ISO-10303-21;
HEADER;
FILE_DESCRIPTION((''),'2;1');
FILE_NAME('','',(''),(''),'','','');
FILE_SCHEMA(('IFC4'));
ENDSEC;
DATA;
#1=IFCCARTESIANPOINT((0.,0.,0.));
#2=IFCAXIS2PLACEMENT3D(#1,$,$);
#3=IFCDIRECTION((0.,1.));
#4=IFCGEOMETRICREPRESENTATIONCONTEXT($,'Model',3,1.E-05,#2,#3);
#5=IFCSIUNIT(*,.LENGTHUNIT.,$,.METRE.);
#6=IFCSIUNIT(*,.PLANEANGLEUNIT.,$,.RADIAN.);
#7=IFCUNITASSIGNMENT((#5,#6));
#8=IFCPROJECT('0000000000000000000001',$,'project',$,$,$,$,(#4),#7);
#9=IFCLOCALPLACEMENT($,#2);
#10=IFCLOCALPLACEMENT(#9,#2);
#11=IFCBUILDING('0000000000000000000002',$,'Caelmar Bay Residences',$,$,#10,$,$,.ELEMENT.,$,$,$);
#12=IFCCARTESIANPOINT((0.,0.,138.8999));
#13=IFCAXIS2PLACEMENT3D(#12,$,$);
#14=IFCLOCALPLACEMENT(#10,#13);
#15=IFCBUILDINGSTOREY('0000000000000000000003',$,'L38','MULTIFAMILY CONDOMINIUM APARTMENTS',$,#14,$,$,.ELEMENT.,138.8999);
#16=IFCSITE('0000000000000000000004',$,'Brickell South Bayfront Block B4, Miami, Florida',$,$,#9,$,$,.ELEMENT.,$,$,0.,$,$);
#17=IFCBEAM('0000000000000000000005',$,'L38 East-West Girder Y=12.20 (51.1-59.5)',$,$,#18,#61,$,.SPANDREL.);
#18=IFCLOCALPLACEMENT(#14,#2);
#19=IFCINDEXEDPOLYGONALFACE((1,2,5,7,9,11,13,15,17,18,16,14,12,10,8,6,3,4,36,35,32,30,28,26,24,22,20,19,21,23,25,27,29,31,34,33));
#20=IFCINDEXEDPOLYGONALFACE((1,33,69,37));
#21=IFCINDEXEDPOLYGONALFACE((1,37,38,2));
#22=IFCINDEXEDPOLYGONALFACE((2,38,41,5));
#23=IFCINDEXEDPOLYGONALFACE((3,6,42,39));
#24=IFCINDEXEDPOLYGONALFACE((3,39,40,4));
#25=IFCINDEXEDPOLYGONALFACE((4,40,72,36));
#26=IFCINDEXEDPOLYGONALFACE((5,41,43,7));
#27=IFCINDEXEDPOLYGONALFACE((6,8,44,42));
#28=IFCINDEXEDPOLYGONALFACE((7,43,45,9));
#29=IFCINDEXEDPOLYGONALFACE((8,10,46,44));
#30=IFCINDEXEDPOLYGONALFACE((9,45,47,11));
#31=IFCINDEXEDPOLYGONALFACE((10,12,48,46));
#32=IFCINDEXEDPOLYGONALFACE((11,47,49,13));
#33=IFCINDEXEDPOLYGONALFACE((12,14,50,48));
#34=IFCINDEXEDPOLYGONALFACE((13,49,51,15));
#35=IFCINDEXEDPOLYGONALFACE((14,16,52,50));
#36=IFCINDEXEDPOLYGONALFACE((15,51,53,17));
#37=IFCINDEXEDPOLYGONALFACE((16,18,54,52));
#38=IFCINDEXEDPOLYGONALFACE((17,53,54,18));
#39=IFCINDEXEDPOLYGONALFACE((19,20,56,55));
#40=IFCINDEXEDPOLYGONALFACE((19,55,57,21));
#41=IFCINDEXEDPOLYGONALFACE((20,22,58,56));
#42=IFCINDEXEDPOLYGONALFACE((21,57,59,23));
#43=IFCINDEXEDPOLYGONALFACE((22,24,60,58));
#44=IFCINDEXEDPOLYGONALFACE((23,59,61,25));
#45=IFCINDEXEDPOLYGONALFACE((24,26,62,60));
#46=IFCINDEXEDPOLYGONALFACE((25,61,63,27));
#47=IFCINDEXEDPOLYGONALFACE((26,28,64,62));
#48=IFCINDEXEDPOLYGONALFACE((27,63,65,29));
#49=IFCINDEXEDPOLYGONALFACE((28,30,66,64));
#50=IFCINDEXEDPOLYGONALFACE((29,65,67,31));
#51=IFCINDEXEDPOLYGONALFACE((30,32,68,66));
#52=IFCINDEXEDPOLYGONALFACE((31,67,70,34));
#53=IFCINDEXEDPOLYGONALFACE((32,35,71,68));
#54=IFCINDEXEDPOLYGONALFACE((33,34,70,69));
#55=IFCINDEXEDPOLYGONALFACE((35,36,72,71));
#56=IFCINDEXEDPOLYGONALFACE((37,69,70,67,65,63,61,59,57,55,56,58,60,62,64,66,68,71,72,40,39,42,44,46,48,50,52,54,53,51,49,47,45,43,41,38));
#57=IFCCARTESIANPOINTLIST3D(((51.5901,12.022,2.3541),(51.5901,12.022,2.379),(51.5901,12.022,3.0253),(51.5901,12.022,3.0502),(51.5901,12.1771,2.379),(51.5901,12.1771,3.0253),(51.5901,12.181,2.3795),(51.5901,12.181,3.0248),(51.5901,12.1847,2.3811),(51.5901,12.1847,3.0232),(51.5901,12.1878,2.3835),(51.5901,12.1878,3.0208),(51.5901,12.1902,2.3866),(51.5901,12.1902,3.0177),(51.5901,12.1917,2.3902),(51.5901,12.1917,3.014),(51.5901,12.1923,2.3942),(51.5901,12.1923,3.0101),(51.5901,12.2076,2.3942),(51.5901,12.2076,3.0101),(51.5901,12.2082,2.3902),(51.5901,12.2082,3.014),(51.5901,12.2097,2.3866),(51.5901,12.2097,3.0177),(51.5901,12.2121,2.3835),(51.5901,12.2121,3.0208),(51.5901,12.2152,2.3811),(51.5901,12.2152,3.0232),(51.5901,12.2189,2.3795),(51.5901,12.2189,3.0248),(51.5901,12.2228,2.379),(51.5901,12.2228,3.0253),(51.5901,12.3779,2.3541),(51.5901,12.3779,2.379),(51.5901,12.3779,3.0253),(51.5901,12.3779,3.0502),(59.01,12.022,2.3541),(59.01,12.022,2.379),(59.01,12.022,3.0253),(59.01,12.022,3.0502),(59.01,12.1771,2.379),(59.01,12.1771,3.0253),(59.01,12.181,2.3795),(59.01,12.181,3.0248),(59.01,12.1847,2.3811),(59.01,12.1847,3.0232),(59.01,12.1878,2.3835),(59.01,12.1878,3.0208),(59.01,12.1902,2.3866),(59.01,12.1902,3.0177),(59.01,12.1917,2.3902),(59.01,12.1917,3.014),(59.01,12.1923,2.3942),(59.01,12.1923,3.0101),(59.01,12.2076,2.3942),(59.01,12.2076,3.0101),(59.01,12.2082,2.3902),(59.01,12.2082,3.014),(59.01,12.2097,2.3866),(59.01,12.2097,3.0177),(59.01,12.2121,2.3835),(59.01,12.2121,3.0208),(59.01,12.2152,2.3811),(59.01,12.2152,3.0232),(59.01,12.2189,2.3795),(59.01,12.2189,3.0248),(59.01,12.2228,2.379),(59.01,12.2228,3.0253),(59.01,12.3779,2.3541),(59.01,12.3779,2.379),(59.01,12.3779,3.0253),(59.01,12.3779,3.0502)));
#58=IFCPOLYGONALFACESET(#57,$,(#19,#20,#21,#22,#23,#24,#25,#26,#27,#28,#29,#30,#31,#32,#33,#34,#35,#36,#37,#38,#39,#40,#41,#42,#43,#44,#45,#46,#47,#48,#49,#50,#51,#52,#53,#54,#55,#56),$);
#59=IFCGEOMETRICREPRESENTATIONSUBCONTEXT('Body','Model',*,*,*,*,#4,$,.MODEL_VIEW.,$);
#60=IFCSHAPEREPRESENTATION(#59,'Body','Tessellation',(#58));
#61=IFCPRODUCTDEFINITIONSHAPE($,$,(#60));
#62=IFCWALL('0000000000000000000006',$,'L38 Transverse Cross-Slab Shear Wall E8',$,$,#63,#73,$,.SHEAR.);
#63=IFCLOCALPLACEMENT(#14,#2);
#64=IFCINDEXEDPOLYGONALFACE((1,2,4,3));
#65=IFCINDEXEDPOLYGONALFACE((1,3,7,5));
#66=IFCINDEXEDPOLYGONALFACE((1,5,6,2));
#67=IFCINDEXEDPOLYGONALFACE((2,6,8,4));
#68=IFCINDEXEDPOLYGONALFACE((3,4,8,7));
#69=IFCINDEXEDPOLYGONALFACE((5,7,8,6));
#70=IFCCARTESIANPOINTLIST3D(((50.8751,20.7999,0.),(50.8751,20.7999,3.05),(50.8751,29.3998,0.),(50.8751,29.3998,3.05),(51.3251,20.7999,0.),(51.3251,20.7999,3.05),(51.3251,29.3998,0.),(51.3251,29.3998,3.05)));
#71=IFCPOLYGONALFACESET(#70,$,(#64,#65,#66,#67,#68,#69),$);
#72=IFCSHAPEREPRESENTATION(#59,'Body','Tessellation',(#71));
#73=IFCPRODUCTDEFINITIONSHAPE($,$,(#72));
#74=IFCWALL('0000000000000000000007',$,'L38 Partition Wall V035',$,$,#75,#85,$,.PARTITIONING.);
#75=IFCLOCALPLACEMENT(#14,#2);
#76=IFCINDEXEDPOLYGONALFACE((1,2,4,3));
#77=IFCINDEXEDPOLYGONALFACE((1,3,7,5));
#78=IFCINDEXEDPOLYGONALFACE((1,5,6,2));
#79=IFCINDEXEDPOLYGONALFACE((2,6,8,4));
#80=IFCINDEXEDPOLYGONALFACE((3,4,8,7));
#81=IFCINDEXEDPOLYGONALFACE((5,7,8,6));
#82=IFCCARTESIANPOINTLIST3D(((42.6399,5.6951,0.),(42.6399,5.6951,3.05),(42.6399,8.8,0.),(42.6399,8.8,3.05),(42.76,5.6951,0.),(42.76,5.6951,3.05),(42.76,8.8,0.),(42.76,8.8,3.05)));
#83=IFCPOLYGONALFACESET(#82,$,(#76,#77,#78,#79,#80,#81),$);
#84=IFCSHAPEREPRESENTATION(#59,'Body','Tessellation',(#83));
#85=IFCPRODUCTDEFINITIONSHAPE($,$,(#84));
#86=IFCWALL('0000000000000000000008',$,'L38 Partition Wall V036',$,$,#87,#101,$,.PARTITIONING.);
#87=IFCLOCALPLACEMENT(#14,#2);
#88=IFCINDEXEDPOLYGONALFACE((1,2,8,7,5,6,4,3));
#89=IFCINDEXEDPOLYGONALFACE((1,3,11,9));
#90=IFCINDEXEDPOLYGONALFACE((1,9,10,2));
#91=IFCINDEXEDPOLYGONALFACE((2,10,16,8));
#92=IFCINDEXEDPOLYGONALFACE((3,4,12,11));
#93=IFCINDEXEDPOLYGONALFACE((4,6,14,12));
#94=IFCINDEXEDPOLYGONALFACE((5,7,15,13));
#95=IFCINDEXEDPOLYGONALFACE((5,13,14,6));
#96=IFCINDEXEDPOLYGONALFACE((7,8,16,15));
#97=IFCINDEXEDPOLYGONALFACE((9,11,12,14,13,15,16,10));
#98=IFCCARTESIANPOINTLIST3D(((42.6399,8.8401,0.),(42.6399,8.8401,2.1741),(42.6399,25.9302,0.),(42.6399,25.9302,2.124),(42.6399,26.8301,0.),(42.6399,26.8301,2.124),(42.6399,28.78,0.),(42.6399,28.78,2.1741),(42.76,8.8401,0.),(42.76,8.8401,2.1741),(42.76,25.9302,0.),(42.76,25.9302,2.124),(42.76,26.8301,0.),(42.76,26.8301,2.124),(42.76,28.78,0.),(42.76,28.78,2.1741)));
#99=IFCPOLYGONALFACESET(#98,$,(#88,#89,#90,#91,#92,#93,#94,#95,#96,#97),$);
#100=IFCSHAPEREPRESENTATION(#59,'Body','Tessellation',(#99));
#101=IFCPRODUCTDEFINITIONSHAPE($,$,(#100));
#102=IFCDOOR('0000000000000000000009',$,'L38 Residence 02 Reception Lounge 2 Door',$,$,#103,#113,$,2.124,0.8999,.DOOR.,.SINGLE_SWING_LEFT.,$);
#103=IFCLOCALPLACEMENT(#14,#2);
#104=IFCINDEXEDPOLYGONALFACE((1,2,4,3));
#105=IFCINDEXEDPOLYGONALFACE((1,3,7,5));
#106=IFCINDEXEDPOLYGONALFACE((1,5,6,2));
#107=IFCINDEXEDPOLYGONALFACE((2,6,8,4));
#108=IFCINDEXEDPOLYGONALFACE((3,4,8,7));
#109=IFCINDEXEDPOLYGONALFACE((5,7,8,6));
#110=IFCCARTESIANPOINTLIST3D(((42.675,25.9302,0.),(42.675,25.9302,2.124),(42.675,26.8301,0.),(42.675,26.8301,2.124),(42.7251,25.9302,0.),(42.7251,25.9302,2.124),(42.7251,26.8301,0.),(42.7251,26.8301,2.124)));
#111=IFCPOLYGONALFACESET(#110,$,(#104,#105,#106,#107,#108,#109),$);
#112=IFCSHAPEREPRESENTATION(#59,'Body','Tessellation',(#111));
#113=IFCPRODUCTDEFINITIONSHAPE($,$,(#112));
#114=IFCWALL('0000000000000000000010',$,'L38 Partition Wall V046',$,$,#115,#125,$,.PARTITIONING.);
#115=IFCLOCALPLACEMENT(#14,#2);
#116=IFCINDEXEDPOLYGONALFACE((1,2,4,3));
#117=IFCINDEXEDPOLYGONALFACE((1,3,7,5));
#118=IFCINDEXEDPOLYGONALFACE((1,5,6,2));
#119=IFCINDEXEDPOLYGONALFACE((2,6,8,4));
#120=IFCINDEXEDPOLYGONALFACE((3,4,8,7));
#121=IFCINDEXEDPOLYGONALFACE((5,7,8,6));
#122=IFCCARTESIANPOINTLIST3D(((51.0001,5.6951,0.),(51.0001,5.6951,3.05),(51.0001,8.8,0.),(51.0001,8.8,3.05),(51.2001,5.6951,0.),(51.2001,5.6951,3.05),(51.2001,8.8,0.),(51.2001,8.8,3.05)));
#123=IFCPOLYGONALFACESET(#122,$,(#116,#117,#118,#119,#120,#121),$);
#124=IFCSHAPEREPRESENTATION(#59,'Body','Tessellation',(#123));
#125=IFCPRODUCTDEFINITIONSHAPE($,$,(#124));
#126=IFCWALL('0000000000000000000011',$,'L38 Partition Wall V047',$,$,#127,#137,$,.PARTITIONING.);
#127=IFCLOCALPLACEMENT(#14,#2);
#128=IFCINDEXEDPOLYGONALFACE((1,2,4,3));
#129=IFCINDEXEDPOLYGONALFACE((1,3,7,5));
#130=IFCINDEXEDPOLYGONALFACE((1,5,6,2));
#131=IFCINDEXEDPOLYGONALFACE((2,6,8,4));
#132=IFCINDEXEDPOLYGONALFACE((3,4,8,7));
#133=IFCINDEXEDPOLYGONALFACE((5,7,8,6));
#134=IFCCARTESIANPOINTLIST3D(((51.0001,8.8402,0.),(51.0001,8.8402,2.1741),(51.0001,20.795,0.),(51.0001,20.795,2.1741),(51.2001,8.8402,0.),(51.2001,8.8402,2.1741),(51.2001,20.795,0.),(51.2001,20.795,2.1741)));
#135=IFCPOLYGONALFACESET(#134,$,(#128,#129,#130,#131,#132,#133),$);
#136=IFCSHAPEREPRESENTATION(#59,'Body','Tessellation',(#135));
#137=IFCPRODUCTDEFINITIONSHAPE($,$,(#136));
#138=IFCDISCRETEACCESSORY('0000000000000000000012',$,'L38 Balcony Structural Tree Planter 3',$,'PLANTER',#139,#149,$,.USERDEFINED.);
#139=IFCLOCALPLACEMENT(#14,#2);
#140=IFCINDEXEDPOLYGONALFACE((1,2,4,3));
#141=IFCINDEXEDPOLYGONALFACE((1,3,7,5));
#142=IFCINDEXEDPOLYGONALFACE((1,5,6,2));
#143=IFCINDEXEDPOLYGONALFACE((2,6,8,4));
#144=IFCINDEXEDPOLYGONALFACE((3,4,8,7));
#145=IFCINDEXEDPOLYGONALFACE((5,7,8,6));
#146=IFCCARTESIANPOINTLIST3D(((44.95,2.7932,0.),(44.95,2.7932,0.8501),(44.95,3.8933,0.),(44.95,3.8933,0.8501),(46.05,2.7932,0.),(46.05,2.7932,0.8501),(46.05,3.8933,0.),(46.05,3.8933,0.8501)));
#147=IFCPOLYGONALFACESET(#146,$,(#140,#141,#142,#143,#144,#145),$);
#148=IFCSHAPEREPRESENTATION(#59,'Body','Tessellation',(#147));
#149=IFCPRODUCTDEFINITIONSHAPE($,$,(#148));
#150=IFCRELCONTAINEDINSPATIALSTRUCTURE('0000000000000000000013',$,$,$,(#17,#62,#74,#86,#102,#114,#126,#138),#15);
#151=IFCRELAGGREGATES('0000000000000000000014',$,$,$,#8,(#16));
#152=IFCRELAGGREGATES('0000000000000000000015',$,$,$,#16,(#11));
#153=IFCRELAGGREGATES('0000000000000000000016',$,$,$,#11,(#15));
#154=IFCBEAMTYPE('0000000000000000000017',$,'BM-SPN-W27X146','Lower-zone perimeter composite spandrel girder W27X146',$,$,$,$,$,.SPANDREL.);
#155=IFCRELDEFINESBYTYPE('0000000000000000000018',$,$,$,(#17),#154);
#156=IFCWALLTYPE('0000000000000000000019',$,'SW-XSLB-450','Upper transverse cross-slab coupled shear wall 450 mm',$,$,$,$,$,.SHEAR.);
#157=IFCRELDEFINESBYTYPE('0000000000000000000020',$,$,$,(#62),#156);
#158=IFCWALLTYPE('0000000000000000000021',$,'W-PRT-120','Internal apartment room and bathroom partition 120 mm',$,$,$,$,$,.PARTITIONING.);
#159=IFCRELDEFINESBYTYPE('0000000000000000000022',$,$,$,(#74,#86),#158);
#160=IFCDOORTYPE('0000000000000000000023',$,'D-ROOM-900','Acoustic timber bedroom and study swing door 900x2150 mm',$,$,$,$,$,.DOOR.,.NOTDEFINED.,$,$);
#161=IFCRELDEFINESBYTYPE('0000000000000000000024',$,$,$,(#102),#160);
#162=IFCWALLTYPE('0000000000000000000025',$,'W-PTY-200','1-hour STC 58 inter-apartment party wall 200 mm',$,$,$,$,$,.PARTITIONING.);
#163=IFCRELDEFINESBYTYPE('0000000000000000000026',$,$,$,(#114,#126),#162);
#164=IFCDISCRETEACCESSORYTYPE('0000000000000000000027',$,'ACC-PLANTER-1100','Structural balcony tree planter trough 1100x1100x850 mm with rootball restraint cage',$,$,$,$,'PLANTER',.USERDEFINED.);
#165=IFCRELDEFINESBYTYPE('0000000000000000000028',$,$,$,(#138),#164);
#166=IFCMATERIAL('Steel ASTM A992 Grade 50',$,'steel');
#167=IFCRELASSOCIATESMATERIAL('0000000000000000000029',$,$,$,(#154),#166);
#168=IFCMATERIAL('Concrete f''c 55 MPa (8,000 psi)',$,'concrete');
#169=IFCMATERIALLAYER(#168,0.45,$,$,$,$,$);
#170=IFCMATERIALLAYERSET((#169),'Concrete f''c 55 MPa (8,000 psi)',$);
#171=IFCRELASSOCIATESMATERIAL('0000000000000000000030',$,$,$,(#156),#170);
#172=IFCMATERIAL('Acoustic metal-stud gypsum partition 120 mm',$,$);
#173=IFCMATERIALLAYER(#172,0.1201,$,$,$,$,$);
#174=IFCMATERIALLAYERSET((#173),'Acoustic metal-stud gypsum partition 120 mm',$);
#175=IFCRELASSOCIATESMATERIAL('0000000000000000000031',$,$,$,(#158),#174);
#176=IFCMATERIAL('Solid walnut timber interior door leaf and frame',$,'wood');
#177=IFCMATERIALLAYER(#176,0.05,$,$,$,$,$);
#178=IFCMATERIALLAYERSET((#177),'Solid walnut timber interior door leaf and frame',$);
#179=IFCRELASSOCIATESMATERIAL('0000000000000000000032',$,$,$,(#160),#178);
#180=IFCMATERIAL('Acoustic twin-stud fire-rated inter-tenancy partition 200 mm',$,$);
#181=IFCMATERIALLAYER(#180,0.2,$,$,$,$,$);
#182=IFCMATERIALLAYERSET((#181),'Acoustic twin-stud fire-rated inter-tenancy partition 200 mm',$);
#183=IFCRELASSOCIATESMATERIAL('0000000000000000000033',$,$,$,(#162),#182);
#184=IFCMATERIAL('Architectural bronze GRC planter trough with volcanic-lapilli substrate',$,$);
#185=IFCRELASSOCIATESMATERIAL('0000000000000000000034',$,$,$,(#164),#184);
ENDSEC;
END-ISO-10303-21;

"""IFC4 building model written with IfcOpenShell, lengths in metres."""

from ifc_helpers import new_model, si_unit, direction, frame, frame_2d, origin, origin_2d, place, context, subcontext, project, spatial, rectangle, i_section, extrude, material, layer, layer_set, material_profile, profile_set, type_object, element, fill, save


model = new_model("IFC4")

# Units and contexts
model_context = context("Model", 3, precision=1e-05, world=origin(), true_north=direction((0.0, 1.0)))
body_context = subcontext(model_context, "Body", "Model", "MODEL_VIEW")
ifc_project = project(units=[si_unit("LENGTHUNIT", "METRE"), si_unit("PLANEANGLEUNIT", "RADIAN")], contexts=[model_context])

# Site, building, storey
site_placement = place(None, origin())
site = spatial("IfcSite", under=ifc_project, at=site_placement, Name="Brickell South Bayfront Block B4, Miami, Florida", CompositionType="ELEMENT", RefElevation=0.0)
building_placement = place(site_placement, origin())
building = spatial("IfcBuilding", under=site, at=building_placement, Name="Caelmar Bay Residences", CompositionType="ELEMENT")
storey_placement = place(building_placement, frame((0.0, 0.0, 138.8999)))
storey = spatial("IfcBuildingStorey", under=building, at=storey_placement, Name="L38", Description="MULTIFAMILY CONDOMINIUM APARTMENTS", CompositionType="ELEMENT", Elevation=138.8999)

# Beam
ifc_material_1 = material(Name="Steel ASTM A992 Grade 50", Category="steel")
ifc_material_profile_1 = material_profile(ifc_material_1, i_section(OverallWidth=0.356, OverallDepth=0.696, WebThickness=0.0154, FlangeThickness=0.0249, FilletRadius=0.0151, at=origin_2d()), Name="W27X146")
ifc_profile_set_1 = profile_set([ifc_material_profile_1], Name="Steel ASTM A992 Grade 50")
beam_type_1 = type_object("IfcBeamType", Name="BM-SPN-W27X146", Description="Lower-zone perimeter composite spandrel girder W27X146", PredefinedType="SPANDREL", material=ifc_profile_set_1)
beam_1_placement = place(storey_placement, frame((51.5901, 12.2, 2.7021), z_axis=(1.0, 0.0, 0.0), x_axis=(0.0, 1.0, 0.0)))
element("IfcBeam", 1, at=beam_1_placement, inside=storey, type_object=beam_type_1, Name="L38 East-West Girder Y=12.20 (51.1-59.5)", PredefinedType="SPANDREL", context=body_context, shape_type="SweptSolid", body=[
    extrude(i_section(OverallWidth=0.356, OverallDepth=0.696, WebThickness=0.0154, FlangeThickness=0.0249, FilletRadius=0.0151, at=origin_2d()), origin(), (0.0, 0.0, 1.0), 7.4199),
])

# Walls
ifc_material_2 = material(Name="Concrete f'c 55 MPa (8,000 psi)", Category="concrete")
ifc_layer_1 = layer(ifc_material_2, 0.45)
ifc_layer_set_1 = layer_set([ifc_layer_1], Name="Concrete f'c 55 MPa (8,000 psi)")
wall_type_1 = type_object("IfcWallType", Name="SW-XSLB-450", Description="Upper transverse cross-slab coupled shear wall 450 mm", PredefinedType="SHEAR", material=ifc_layer_set_1)
wall_1_placement = place(storey_placement, frame((51.1001, 20.8, 0.0), z_axis=(0.0, 0.0, 1.0), x_axis=(0.0, 1.0, 0.0)))
element("IfcWall", 2, at=wall_1_placement, inside=storey, type_object=wall_type_1, Name="L38 Transverse Cross-Slab Shear Wall E8", PredefinedType="SHEAR", context=body_context, shape_type="SweptSolid", body=[
    extrude(rectangle(XDim=8.5999, YDim=0.45, at=frame_2d((4.2998, 0.0))), origin(), (0.0, 0.0, 1.0), 3.05),
])
ifc_material_3 = material(Name="Acoustic metal-stud gypsum partition 120 mm")
ifc_layer_2 = layer(ifc_material_3, 0.1201)
ifc_layer_set_2 = layer_set([ifc_layer_2], Name="Acoustic metal-stud gypsum partition 120 mm")
wall_type_2 = type_object("IfcWallType", Name="W-PRT-120", Description="Internal apartment room and bathroom partition 120 mm", PredefinedType="PARTITIONING", material=ifc_layer_set_2)
wall_2_placement = place(storey_placement, frame((42.7, 5.6951, 0.0), z_axis=(0.0, 0.0, 1.0), x_axis=(0.0, 1.0, 0.0)))
element("IfcWall", 3, at=wall_2_placement, inside=storey, type_object=wall_type_2, Name="L38 Partition Wall V035", PredefinedType="PARTITIONING", context=body_context, shape_type="SweptSolid", body=[
    extrude(rectangle(XDim=3.105, YDim=0.1201, at=frame_2d((1.5525, 0.0))), origin(), (0.0, 0.0, 1.0), 3.05),
])

# Wall, opening, door
wall_3_placement = place(storey_placement, frame((42.7, 8.8401, 0.0), z_axis=(0.0, 0.0, 1.0), x_axis=(0.0, 1.0, 0.0)))
wall_3 = element("IfcWall", 4, at=wall_3_placement, inside=storey, type_object=wall_type_2, Name="L38 Partition Wall V036", PredefinedType="PARTITIONING", context=body_context, shape_type="SweptSolid", body=[
    extrude(rectangle(XDim=19.9399, YDim=0.1201, at=frame_2d((9.97, 0.0))), origin(), (0.0, 0.0, 1.0), 2.1741),
])
opening_placement = place(wall_3_placement, frame((17.0901, 0.0, 0.0)))
opening = element("IfcOpeningElement", 5, at=opening_placement, cuts=wall_3, PredefinedType="OPENING", context=body_context, shape_type="SweptSolid", body=[
    extrude(rectangle(XDim=0.8999, YDim=2.124, at=frame_2d((0.45, 1.062))), frame((0.0, 0.0701, 0.0), z_axis=(0.0, -1.0, 0.0), x_axis=(1.0, 0.0, 0.0)), (0.0, 0.0, 1.0), 0.1401),
])
ifc_material_4 = material(Name="Solid walnut timber interior door leaf and frame", Category="wood")
ifc_layer_3 = layer(ifc_material_4, 0.05)
ifc_layer_set_3 = layer_set([ifc_layer_3], Name="Solid walnut timber interior door leaf and frame")
door_type = type_object("IfcDoorType", Name="D-ROOM-900", Description="Acoustic timber bedroom and study swing door 900x2150 mm", OperationType="NOTDEFINED", PredefinedType="DOOR", material=ifc_layer_set_3)
door_placement = place(opening_placement, origin())
door = element("IfcDoor", 6, at=door_placement, inside=storey, type_object=door_type, Name="L38 Residence 02 Reception Lounge 2 Door", OperationType="SINGLE_SWING_LEFT", OverallHeight=2.124, OverallWidth=0.8999, PredefinedType="DOOR", context=body_context, shape_type="SweptSolid", body=[
    extrude(rectangle(XDim=0.8999, YDim=2.124, at=frame_2d((0.45, 1.062))), frame((0.0, 0.0249, 0.0), z_axis=(0.0, -1.0, 0.0), x_axis=(1.0, 0.0, 0.0)), (0.0, 0.0, 1.0), 0.05),
])
fill(opening, door)

# Walls
ifc_material_5 = material(Name="Acoustic twin-stud fire-rated inter-tenancy partition 200 mm")
ifc_layer_4 = layer(ifc_material_5, 0.2)
ifc_layer_set_4 = layer_set([ifc_layer_4], Name="Acoustic twin-stud fire-rated inter-tenancy partition 200 mm")
wall_type_3 = type_object("IfcWallType", Name="W-PTY-200", Description="1-hour STC 58 inter-apartment party wall 200 mm", PredefinedType="PARTITIONING", material=ifc_layer_set_4)
wall_4_placement = place(storey_placement, frame((51.1001, 5.6951, 0.0), z_axis=(0.0, 0.0, 1.0), x_axis=(0.0, 1.0, 0.0)))
element("IfcWall", 7, at=wall_4_placement, inside=storey, type_object=wall_type_3, Name="L38 Partition Wall V046", PredefinedType="PARTITIONING", context=body_context, shape_type="SweptSolid", body=[
    extrude(rectangle(XDim=3.105, YDim=0.2, at=frame_2d((1.5525, 0.0))), origin(), (0.0, 0.0, 1.0), 3.05),
])
wall_5_placement = place(storey_placement, frame((51.1001, 8.8401, 0.0), z_axis=(0.0, 0.0, 1.0), x_axis=(0.0, 1.0, 0.0)))
element("IfcWall", 8, at=wall_5_placement, inside=storey, type_object=wall_type_3, Name="L38 Partition Wall V047", PredefinedType="PARTITIONING", context=body_context, shape_type="SweptSolid", body=[
    extrude(rectangle(XDim=11.9548, YDim=0.2, at=frame_2d((5.9775, 0.0))), origin(), (0.0, 0.0, 1.0), 2.1741),
])

# Discrete accessory
ifc_material_6 = material(Name="Architectural bronze GRC planter trough with volcanic-lapilli substrate")
discrete_accessory_type = type_object("IfcDiscreteAccessoryType", Name="ACC-PLANTER-1100", Description="Structural balcony tree planter trough 1100x1100x850 mm with rootball restraint cage", ElementType="PLANTER", PredefinedType="USERDEFINED", material=ifc_material_6)
discrete_accessory_placement = place(storey_placement, frame((45.5, 3.3433, 0.0), z_axis=(0.0, 0.0, 1.0), x_axis=(1.0, 0.0, 0.0)))
element("IfcDiscreteAccessory", 9, at=discrete_accessory_placement, inside=storey, type_object=discrete_accessory_type, Name="L38 Balcony Structural Tree Planter 3", ObjectType="PLANTER", PredefinedType="USERDEFINED", context=body_context, shape_type="SweptSolid", body=[
    extrude(rectangle(XDim=1.1001, YDim=1.1001, at=origin_2d()), origin(), (0.0, 0.0, 1.0), 0.8501),
])

save(model, "model.ifc")
